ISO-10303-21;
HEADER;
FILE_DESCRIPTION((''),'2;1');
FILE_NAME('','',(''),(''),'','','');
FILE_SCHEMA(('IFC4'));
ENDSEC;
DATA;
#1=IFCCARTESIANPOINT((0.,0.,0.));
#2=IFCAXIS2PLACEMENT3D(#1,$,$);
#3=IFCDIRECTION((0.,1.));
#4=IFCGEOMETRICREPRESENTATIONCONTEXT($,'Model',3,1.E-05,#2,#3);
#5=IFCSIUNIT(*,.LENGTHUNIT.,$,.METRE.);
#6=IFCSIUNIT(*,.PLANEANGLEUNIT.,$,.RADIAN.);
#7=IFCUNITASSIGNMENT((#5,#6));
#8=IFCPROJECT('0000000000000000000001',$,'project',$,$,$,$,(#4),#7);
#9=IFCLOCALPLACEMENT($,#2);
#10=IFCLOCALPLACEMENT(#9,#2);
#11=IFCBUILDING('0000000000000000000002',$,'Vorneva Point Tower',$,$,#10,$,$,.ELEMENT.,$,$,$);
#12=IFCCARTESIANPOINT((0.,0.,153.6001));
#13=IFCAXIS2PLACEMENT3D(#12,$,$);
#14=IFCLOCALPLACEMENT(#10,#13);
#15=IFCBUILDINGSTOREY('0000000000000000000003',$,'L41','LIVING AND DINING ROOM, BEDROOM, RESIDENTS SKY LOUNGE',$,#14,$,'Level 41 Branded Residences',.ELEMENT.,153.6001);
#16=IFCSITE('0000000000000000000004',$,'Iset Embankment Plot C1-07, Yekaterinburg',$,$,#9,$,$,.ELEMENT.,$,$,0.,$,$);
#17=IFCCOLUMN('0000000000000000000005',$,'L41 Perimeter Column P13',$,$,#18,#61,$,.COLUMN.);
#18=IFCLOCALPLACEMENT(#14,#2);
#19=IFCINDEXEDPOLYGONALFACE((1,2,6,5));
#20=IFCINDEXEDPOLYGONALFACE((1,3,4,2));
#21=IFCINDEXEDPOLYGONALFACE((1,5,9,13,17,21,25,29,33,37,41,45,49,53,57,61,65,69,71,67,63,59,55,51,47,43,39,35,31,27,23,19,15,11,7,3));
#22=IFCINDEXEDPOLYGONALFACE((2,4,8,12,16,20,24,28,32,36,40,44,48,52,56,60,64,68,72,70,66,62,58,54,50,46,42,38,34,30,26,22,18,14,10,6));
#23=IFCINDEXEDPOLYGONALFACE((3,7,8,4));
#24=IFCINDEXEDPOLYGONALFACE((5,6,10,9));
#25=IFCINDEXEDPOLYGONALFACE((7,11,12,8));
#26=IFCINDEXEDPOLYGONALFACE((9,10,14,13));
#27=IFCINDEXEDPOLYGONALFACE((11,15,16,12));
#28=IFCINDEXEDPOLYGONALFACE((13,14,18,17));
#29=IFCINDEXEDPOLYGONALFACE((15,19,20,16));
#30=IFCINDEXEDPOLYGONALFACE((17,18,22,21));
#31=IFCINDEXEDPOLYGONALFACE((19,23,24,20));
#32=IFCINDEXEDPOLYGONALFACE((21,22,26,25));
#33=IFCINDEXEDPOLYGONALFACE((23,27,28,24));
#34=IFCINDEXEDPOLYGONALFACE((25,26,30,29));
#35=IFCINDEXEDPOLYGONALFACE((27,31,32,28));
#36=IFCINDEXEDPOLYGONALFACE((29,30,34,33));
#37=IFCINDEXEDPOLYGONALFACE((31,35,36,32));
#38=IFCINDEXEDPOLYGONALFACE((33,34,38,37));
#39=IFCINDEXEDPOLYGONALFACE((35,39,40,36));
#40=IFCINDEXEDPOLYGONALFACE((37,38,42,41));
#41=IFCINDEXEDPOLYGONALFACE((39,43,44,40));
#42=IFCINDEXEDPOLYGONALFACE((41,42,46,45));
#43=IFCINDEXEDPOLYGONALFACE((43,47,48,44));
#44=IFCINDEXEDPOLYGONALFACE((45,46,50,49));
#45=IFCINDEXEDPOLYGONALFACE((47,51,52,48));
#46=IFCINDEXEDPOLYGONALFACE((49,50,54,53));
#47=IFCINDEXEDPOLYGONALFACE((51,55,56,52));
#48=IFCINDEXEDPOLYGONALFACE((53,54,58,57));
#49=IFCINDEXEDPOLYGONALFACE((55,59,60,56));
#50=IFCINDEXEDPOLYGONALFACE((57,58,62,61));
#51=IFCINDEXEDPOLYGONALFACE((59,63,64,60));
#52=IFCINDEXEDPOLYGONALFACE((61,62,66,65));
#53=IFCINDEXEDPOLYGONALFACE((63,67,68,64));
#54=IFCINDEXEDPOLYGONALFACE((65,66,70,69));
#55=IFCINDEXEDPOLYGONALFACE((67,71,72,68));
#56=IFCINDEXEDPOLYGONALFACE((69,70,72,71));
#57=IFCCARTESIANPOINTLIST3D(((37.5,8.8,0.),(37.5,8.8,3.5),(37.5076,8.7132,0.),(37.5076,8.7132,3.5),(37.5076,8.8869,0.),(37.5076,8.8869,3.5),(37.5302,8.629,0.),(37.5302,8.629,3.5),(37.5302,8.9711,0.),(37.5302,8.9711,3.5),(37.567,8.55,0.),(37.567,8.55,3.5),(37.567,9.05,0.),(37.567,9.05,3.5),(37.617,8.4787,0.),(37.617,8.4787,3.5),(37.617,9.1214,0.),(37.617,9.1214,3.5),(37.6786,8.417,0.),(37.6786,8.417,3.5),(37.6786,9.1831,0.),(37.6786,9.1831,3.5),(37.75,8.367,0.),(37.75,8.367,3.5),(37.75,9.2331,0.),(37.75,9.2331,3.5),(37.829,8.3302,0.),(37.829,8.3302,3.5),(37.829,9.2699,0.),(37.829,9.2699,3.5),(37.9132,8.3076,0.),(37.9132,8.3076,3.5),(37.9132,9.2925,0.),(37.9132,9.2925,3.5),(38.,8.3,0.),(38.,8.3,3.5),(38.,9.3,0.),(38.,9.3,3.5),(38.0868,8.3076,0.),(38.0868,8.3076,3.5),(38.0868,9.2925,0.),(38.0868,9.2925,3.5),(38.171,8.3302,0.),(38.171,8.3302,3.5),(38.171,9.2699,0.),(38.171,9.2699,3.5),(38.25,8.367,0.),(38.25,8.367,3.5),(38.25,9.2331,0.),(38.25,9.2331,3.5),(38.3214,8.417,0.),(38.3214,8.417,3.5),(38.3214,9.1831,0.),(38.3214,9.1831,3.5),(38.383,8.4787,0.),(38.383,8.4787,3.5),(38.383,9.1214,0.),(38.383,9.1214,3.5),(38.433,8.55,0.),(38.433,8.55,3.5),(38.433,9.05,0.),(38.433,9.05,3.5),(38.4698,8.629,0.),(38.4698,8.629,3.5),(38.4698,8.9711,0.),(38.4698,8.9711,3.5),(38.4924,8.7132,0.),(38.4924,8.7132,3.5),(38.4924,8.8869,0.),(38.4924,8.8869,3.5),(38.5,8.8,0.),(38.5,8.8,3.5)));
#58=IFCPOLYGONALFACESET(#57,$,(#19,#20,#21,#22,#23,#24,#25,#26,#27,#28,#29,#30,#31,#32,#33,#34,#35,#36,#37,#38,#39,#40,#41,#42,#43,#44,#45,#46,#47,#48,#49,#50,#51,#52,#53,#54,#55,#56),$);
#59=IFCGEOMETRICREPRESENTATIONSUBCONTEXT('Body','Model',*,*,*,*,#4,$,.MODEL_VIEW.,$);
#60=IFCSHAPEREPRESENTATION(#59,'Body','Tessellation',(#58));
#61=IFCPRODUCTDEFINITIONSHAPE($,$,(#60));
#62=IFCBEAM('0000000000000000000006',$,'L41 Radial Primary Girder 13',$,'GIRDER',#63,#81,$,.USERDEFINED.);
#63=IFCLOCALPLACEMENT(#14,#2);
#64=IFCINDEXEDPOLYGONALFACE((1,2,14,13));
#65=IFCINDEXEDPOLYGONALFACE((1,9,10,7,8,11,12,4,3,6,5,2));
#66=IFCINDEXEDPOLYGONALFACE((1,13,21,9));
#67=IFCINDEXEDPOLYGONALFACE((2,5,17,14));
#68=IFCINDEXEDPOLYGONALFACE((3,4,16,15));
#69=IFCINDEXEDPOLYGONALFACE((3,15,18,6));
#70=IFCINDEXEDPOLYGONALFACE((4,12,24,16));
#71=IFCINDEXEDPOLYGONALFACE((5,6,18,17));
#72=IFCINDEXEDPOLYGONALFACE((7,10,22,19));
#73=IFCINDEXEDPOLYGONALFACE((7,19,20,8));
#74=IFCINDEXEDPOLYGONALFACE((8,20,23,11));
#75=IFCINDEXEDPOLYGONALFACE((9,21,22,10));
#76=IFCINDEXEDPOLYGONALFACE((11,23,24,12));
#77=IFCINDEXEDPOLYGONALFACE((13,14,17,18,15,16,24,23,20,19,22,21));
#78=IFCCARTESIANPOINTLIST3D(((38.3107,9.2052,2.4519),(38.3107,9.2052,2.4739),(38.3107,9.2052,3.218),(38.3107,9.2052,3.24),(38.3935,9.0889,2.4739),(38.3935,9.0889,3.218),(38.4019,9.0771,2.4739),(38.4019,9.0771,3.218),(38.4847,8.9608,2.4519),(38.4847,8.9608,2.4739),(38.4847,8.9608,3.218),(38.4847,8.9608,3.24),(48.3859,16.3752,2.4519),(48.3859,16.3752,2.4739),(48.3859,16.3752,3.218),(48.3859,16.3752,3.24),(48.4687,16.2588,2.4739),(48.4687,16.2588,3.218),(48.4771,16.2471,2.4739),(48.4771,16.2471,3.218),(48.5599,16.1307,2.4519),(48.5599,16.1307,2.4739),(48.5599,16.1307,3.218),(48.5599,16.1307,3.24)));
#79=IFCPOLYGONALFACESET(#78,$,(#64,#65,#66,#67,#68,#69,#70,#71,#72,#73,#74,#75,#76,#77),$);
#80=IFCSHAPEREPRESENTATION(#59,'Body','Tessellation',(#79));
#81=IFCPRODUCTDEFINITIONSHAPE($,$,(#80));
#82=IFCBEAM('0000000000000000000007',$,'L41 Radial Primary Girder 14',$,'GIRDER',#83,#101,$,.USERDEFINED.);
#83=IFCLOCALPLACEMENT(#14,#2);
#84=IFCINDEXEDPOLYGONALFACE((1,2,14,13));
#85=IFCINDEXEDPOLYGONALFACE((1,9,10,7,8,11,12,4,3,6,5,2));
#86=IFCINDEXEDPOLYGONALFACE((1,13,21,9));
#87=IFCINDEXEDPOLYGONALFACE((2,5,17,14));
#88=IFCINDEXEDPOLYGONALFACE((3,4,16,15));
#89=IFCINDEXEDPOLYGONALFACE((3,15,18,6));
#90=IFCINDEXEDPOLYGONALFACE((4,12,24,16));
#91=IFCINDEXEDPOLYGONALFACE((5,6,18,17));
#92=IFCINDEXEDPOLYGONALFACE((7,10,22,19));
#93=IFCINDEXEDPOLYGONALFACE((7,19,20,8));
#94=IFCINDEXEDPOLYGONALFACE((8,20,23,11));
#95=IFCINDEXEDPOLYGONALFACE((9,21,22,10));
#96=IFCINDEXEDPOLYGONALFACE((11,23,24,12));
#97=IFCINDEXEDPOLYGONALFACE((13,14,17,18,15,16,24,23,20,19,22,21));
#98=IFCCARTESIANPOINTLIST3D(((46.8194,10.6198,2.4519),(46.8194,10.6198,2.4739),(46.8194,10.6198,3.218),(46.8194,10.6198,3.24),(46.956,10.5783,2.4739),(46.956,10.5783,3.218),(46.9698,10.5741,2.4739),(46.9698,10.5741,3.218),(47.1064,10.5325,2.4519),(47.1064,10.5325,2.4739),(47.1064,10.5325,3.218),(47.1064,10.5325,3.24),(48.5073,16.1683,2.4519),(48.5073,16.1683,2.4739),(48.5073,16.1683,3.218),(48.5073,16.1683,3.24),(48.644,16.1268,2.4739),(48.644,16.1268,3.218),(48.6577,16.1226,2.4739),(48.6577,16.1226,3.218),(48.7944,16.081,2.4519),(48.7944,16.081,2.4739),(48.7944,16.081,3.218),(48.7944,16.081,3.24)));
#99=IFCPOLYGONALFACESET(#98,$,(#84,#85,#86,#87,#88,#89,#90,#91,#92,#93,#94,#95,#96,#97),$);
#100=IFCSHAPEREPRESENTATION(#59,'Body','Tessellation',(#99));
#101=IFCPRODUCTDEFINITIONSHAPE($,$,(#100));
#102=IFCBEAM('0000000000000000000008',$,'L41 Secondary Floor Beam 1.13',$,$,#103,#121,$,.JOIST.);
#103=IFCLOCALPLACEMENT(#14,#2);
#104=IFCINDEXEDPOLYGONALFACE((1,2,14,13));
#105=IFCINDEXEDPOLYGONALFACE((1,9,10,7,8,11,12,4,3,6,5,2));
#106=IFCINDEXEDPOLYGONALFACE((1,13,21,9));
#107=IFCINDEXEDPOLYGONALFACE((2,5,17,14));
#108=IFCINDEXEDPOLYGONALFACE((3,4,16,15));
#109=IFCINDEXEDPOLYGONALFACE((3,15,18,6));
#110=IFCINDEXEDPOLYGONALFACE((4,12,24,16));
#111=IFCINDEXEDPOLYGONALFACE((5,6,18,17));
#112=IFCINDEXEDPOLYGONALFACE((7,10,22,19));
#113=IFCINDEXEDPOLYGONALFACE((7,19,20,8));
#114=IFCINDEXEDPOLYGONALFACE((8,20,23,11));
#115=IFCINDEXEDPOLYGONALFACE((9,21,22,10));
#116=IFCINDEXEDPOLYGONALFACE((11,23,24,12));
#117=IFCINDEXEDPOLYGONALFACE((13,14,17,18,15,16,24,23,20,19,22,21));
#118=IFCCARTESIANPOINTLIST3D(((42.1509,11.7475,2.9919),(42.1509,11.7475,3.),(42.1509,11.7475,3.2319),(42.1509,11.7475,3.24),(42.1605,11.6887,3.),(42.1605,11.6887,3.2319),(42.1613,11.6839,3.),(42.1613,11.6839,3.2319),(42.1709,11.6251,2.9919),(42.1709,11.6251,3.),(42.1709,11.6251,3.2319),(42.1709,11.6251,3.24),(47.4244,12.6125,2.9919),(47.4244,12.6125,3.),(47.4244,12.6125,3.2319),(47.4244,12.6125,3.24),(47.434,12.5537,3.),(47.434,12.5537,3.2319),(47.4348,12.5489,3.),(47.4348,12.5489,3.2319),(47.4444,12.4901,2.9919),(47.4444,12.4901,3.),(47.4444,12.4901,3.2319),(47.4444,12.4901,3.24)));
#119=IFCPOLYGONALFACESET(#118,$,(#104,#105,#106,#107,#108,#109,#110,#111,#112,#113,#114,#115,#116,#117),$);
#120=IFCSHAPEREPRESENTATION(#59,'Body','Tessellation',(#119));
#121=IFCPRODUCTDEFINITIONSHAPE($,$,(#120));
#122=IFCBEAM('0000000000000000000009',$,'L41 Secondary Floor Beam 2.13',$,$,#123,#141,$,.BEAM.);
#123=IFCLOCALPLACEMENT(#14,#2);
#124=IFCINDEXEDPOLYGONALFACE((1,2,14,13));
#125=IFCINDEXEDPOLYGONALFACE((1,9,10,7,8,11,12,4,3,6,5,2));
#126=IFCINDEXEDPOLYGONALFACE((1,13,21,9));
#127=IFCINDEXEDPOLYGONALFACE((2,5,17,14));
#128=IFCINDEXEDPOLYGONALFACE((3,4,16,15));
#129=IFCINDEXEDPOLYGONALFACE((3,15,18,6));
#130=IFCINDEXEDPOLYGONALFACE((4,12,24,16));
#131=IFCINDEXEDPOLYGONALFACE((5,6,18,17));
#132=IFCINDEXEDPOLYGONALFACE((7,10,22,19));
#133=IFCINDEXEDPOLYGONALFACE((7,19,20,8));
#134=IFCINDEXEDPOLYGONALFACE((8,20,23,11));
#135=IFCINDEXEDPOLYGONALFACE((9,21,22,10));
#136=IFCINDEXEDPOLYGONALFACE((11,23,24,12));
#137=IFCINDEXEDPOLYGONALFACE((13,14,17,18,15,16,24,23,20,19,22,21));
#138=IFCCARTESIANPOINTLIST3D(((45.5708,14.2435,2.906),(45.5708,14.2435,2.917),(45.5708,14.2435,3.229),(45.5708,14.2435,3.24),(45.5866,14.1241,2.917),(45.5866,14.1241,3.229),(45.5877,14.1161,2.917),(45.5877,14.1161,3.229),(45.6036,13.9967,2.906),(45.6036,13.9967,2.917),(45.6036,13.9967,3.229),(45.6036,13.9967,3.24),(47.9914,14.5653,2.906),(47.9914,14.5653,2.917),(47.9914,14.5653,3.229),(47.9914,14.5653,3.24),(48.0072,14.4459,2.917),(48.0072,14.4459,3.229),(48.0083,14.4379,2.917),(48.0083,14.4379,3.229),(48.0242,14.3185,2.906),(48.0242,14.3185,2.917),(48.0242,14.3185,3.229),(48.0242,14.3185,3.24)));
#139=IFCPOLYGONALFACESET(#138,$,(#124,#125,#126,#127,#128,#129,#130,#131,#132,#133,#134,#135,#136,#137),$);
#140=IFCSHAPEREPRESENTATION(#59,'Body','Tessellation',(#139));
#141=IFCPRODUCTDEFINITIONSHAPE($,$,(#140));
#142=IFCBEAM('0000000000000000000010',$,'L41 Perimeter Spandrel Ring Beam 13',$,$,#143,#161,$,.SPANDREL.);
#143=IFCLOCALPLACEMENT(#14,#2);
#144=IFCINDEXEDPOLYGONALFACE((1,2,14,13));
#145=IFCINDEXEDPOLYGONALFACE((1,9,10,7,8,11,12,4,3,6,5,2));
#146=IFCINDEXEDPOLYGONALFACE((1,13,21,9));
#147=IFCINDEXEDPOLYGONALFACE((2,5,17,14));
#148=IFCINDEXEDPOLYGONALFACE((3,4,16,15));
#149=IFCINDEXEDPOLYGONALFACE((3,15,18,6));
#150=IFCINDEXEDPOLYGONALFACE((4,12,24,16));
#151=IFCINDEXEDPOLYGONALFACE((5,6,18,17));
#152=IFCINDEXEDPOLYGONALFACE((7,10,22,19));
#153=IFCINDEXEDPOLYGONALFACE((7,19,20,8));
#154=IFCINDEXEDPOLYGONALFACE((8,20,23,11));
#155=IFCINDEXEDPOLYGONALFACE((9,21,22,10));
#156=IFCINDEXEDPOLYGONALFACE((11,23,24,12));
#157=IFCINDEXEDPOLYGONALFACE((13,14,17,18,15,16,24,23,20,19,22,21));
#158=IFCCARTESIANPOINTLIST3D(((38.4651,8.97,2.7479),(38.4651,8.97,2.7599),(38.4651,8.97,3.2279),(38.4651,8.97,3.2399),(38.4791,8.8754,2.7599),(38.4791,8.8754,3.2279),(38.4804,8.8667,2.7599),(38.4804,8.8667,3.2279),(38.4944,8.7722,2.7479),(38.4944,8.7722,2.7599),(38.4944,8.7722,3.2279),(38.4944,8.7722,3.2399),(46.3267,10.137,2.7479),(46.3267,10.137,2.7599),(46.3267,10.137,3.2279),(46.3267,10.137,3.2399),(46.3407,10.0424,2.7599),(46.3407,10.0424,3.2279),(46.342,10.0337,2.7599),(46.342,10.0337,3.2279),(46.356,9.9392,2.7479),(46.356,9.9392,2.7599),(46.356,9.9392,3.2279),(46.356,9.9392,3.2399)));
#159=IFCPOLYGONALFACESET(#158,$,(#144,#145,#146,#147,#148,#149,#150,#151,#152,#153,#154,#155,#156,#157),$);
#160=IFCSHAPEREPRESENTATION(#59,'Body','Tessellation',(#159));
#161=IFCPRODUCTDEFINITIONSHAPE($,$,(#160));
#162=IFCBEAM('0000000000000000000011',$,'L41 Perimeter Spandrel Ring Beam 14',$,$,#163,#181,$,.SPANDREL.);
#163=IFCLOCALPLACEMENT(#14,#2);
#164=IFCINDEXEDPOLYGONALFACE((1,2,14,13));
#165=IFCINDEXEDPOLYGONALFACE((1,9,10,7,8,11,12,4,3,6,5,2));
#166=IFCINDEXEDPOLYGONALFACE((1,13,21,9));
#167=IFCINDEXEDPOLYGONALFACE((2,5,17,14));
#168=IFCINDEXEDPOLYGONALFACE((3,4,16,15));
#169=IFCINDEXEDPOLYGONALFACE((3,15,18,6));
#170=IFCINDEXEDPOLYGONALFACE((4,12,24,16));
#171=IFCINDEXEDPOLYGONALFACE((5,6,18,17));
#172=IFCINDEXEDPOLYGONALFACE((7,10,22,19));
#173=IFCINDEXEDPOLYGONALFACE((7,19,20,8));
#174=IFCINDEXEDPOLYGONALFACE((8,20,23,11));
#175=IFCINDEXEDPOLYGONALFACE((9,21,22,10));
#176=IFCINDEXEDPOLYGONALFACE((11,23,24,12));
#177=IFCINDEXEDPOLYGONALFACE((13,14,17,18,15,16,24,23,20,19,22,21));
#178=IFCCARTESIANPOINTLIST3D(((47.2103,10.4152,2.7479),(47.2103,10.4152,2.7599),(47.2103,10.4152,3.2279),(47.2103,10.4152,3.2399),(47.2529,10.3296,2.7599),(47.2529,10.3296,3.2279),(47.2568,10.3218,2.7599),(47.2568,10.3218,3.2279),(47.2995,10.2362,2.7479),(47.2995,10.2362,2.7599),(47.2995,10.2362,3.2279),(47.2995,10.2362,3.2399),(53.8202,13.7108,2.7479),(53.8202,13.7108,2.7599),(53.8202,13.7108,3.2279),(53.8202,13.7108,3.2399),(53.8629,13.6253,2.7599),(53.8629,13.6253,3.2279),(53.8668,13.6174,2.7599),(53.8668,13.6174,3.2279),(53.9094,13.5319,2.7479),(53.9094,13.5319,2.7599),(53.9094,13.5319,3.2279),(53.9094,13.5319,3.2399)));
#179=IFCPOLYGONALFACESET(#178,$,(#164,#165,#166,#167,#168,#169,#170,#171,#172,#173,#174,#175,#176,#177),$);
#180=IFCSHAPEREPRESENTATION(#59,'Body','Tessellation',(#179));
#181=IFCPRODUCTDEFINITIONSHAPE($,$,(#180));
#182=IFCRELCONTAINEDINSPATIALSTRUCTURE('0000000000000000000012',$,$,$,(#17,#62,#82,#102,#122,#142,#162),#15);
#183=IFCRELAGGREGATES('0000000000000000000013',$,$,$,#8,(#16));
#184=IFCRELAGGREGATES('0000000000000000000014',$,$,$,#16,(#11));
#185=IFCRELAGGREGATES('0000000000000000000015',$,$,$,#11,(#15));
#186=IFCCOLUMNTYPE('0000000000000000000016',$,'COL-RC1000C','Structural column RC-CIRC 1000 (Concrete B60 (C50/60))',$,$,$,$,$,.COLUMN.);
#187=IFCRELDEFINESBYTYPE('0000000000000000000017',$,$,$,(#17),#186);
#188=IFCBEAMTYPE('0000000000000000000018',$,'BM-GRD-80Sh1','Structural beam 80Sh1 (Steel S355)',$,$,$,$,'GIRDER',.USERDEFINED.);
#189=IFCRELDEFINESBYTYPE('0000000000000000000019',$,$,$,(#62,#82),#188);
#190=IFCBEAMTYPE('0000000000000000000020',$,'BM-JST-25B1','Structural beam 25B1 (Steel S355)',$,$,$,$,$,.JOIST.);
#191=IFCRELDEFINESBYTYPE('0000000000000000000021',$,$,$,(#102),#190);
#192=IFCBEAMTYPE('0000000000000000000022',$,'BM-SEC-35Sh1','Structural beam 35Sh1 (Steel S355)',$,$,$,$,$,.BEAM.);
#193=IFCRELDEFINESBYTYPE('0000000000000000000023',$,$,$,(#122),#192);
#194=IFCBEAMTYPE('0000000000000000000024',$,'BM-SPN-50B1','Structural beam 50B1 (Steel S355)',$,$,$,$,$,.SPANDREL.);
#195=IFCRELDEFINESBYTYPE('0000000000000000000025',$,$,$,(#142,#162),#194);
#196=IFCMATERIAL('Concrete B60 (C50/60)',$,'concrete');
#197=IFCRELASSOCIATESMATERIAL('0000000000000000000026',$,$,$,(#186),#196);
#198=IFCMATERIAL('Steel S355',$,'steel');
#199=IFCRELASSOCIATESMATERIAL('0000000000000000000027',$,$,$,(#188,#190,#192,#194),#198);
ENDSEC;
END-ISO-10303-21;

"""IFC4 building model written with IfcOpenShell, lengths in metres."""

from ifc_helpers import new_model, si_unit, direction, frame, origin, origin_2d, place, context, subcontext, project, spatial, circle, i_section, extrude, material, material_profile, profile_set, type_object, element, save


model = new_model("IFC4")

# Units and contexts
model_context = context("Model", 3, precision=1e-05, world=origin(), true_north=direction((0.0, 1.0)))
body_context = subcontext(model_context, "Body", "Model", "MODEL_VIEW")
ifc_project = project(units=[si_unit("LENGTHUNIT", "METRE"), si_unit("PLANEANGLEUNIT", "RADIAN")], contexts=[model_context])

# Site, building, storey
site_placement = place(None, origin())
site = spatial("IfcSite", under=ifc_project, at=site_placement, Name="Iset Embankment Plot C1-07, Yekaterinburg", CompositionType="ELEMENT", RefElevation=0.0)
building_placement = place(site_placement, origin())
building = spatial("IfcBuilding", under=site, at=building_placement, Name="Vorneva Point Tower", CompositionType="ELEMENT")
storey_placement = place(building_placement, frame((0.0, 0.0, 153.6001)))
storey = spatial("IfcBuildingStorey", under=building, at=storey_placement, Name="L41", Description="LIVING AND DINING ROOM, BEDROOM, RESIDENTS SKY LOUNGE", LongName="Level 41 Branded Residences", CompositionType="ELEMENT", Elevation=153.6001)

# Column
ifc_material_1 = material(Name="Concrete B60 (C50/60)", Category="concrete")
ifc_material_profile_1 = material_profile(ifc_material_1, circle(Radius=0.5, at=origin_2d()), Name="RC-CIRC 1000")
ifc_profile_set_1 = profile_set([ifc_material_profile_1], Name="Concrete B60 (C50/60)")
column_type = type_object("IfcColumnType", Name="COL-RC1000C", Description="Structural column RC-CIRC 1000 (Concrete B60 (C50/60))", PredefinedType="COLUMN", material=ifc_profile_set_1)
for number, where, z_axis, x_axis, name in (
    (1, (38.0, 8.8, 0.0), (0.0, 0.0, 1.0), (0.0, -1.0, 0.0), "L41 Perimeter Column P13"),
):
    element("IfcColumn", number, at=place(storey_placement, frame(where, z_axis=z_axis, x_axis=x_axis)), inside=storey, type_object=column_type, Name=name, PredefinedType="COLUMN", context=body_context, shape_type="SweptSolid", body=[
        extrude(circle(Radius=0.5, at=origin_2d()), origin(), (0.0, 0.0, 1.0), 3.5),
    ])

# Beams
ifc_material_2 = material(Name="Steel S355", Category="steel")
ifc_material_profile_2 = material_profile(ifc_material_2, i_section(OverallWidth=0.3, OverallDepth=0.7881, WebThickness=0.0144, FlangeThickness=0.022, at=origin_2d()), Name="80Sh1")
ifc_profile_set_2 = profile_set([ifc_material_profile_2], Name="Steel S355")
beam_type_1 = type_object("IfcBeamType", Name="BM-GRD-80Sh1", Description="Structural beam 80Sh1 (Steel S355)", ElementType="GIRDER", PredefinedType="USERDEFINED", material=ifc_profile_set_2)
beam_1_placement = place(storey_placement, frame((38.3977, 9.083, 2.8459), z_axis=(0.814751, 0.57981, 0.0), x_axis=(-0.57981, 0.814751, 0.0)))
element("IfcBeam", 2, at=beam_1_placement, inside=storey, type_object=beam_type_1, Name="L41 Radial Primary Girder 13", ObjectType="GIRDER", PredefinedType="USERDEFINED", context=body_context, shape_type="SweptSolid", body=[
    extrude(i_section(OverallWidth=0.3, OverallDepth=0.7881, WebThickness=0.0144, FlangeThickness=0.022, at=origin_2d()), origin(), (0.0, 0.0, 1.0), 12.366),
])
beam_2_placement = place(storey_placement, frame((46.9629, 10.5762, 2.8459), z_axis=(0.291049, 0.956708, 0.0), x_axis=(-0.956708, 0.291049, 0.0)))
element("IfcBeam", 3, at=beam_2_placement, inside=storey, type_object=beam_type_1, Name="L41 Radial Primary Girder 14", ObjectType="GIRDER", PredefinedType="USERDEFINED", context=body_context, shape_type="SweptSolid", body=[
    extrude(i_section(OverallWidth=0.3, OverallDepth=0.7881, WebThickness=0.0144, FlangeThickness=0.022, at=origin_2d()), origin(), (0.0, 0.0, 1.0), 5.7996),
])
ifc_material_profile_3 = material_profile(ifc_material_2, i_section(OverallWidth=0.124, OverallDepth=0.248, WebThickness=0.0049, FlangeThickness=0.0081, at=origin_2d()), Name="25B1")
ifc_profile_set_3 = profile_set([ifc_material_profile_3], Name="Steel S355")
beam_type_2 = type_object("IfcBeamType", Name="BM-JST-25B1", Description="Structural beam 25B1 (Steel S355)", PredefinedType="JOIST", material=ifc_profile_set_3)
beam_3_placement = place(storey_placement, frame((42.1609, 11.6863, 3.116), z_axis=(0.986813, 0.161865, 0.0), x_axis=(-0.161865, 0.986813, 0.0)))
element("IfcBeam", 4, at=beam_3_placement, inside=storey, type_object=beam_type_2, Name="L41 Secondary Floor Beam 1.13", PredefinedType="JOIST", context=body_context, shape_type="SweptSolid", body=[
    extrude(i_section(OverallWidth=0.124, OverallDepth=0.248, WebThickness=0.0049, FlangeThickness=0.0081, at=origin_2d()), origin(), (0.0, 0.0, 1.0), 5.344),
])
ifc_material_profile_4 = material_profile(ifc_material_2, i_section(OverallWidth=0.249, OverallDepth=0.334, WebThickness=0.0081, FlangeThickness=0.011, at=origin_2d()), Name="35Sh1")
ifc_profile_set_4 = profile_set([ifc_material_profile_4], Name="Steel S355")
beam_type_3 = type_object("IfcBeamType", Name="BM-SEC-35Sh1", Description="Structural beam 35Sh1 (Steel S355)", PredefinedType="BEAM", material=ifc_profile_set_4)
beam_4_placement = place(storey_placement, frame((45.5872, 14.1201, 3.073), z_axis=(0.99128, 0.131771, 0.0), x_axis=(-0.131771, 0.99128, 0.0)))
element("IfcBeam", 5, at=beam_4_placement, inside=storey, type_object=beam_type_3, Name="L41 Secondary Floor Beam 2.13", PredefinedType="BEAM", context=body_context, shape_type="SweptSolid", body=[
    extrude(i_section(OverallWidth=0.249, OverallDepth=0.334, WebThickness=0.0081, FlangeThickness=0.011, at=origin_2d()), origin(), (0.0, 0.0, 1.0), 2.4419),
])
ifc_material_profile_5 = material_profile(ifc_material_2, i_section(OverallWidth=0.2, OverallDepth=0.4919, WebThickness=0.0088, FlangeThickness=0.012, at=origin_2d()), Name="50B1")
ifc_profile_set_5 = profile_set([ifc_material_profile_5], Name="Steel S355")
beam_type_4 = type_object("IfcBeamType", Name="BM-SPN-50B1", Description="Structural beam 50B1 (Steel S355)", PredefinedType="SPANDREL", material=ifc_profile_set_5)
beam_5_placement = place(storey_placement, frame((38.4797, 8.8711, 2.9939), z_axis=(0.989161, 0.146834, 0.0), x_axis=(-0.146834, 0.989161, 0.0)))
element("IfcBeam", 6, at=beam_5_placement, inside=storey, type_object=beam_type_4, Name="L41 Perimeter Spandrel Ring Beam 13", PredefinedType="SPANDREL", context=body_context, shape_type="SweptSolid", body=[
    extrude(i_section(OverallWidth=0.2, OverallDepth=0.4919, WebThickness=0.0088, FlangeThickness=0.012, at=origin_2d()), origin(), (0.0, 0.0, 1.0), 7.9478),
])
beam_6_placement = place(storey_placement, frame((47.2549, 10.3257, 2.9939), z_axis=(0.894929, 0.446208, 0.0), x_axis=(-0.446208, 0.894929, 0.0)))
element("IfcBeam", 7, at=beam_6_placement, inside=storey, type_object=beam_type_4, Name="L41 Perimeter Spandrel Ring Beam 14", PredefinedType="SPANDREL", context=body_context, shape_type="SweptSolid", body=[
    extrude(i_section(OverallWidth=0.2, OverallDepth=0.4919, WebThickness=0.0088, FlangeThickness=0.012, at=origin_2d()), origin(), (0.0, 0.0, 1.0), 7.386),
])

save(model, "model.ifc")
